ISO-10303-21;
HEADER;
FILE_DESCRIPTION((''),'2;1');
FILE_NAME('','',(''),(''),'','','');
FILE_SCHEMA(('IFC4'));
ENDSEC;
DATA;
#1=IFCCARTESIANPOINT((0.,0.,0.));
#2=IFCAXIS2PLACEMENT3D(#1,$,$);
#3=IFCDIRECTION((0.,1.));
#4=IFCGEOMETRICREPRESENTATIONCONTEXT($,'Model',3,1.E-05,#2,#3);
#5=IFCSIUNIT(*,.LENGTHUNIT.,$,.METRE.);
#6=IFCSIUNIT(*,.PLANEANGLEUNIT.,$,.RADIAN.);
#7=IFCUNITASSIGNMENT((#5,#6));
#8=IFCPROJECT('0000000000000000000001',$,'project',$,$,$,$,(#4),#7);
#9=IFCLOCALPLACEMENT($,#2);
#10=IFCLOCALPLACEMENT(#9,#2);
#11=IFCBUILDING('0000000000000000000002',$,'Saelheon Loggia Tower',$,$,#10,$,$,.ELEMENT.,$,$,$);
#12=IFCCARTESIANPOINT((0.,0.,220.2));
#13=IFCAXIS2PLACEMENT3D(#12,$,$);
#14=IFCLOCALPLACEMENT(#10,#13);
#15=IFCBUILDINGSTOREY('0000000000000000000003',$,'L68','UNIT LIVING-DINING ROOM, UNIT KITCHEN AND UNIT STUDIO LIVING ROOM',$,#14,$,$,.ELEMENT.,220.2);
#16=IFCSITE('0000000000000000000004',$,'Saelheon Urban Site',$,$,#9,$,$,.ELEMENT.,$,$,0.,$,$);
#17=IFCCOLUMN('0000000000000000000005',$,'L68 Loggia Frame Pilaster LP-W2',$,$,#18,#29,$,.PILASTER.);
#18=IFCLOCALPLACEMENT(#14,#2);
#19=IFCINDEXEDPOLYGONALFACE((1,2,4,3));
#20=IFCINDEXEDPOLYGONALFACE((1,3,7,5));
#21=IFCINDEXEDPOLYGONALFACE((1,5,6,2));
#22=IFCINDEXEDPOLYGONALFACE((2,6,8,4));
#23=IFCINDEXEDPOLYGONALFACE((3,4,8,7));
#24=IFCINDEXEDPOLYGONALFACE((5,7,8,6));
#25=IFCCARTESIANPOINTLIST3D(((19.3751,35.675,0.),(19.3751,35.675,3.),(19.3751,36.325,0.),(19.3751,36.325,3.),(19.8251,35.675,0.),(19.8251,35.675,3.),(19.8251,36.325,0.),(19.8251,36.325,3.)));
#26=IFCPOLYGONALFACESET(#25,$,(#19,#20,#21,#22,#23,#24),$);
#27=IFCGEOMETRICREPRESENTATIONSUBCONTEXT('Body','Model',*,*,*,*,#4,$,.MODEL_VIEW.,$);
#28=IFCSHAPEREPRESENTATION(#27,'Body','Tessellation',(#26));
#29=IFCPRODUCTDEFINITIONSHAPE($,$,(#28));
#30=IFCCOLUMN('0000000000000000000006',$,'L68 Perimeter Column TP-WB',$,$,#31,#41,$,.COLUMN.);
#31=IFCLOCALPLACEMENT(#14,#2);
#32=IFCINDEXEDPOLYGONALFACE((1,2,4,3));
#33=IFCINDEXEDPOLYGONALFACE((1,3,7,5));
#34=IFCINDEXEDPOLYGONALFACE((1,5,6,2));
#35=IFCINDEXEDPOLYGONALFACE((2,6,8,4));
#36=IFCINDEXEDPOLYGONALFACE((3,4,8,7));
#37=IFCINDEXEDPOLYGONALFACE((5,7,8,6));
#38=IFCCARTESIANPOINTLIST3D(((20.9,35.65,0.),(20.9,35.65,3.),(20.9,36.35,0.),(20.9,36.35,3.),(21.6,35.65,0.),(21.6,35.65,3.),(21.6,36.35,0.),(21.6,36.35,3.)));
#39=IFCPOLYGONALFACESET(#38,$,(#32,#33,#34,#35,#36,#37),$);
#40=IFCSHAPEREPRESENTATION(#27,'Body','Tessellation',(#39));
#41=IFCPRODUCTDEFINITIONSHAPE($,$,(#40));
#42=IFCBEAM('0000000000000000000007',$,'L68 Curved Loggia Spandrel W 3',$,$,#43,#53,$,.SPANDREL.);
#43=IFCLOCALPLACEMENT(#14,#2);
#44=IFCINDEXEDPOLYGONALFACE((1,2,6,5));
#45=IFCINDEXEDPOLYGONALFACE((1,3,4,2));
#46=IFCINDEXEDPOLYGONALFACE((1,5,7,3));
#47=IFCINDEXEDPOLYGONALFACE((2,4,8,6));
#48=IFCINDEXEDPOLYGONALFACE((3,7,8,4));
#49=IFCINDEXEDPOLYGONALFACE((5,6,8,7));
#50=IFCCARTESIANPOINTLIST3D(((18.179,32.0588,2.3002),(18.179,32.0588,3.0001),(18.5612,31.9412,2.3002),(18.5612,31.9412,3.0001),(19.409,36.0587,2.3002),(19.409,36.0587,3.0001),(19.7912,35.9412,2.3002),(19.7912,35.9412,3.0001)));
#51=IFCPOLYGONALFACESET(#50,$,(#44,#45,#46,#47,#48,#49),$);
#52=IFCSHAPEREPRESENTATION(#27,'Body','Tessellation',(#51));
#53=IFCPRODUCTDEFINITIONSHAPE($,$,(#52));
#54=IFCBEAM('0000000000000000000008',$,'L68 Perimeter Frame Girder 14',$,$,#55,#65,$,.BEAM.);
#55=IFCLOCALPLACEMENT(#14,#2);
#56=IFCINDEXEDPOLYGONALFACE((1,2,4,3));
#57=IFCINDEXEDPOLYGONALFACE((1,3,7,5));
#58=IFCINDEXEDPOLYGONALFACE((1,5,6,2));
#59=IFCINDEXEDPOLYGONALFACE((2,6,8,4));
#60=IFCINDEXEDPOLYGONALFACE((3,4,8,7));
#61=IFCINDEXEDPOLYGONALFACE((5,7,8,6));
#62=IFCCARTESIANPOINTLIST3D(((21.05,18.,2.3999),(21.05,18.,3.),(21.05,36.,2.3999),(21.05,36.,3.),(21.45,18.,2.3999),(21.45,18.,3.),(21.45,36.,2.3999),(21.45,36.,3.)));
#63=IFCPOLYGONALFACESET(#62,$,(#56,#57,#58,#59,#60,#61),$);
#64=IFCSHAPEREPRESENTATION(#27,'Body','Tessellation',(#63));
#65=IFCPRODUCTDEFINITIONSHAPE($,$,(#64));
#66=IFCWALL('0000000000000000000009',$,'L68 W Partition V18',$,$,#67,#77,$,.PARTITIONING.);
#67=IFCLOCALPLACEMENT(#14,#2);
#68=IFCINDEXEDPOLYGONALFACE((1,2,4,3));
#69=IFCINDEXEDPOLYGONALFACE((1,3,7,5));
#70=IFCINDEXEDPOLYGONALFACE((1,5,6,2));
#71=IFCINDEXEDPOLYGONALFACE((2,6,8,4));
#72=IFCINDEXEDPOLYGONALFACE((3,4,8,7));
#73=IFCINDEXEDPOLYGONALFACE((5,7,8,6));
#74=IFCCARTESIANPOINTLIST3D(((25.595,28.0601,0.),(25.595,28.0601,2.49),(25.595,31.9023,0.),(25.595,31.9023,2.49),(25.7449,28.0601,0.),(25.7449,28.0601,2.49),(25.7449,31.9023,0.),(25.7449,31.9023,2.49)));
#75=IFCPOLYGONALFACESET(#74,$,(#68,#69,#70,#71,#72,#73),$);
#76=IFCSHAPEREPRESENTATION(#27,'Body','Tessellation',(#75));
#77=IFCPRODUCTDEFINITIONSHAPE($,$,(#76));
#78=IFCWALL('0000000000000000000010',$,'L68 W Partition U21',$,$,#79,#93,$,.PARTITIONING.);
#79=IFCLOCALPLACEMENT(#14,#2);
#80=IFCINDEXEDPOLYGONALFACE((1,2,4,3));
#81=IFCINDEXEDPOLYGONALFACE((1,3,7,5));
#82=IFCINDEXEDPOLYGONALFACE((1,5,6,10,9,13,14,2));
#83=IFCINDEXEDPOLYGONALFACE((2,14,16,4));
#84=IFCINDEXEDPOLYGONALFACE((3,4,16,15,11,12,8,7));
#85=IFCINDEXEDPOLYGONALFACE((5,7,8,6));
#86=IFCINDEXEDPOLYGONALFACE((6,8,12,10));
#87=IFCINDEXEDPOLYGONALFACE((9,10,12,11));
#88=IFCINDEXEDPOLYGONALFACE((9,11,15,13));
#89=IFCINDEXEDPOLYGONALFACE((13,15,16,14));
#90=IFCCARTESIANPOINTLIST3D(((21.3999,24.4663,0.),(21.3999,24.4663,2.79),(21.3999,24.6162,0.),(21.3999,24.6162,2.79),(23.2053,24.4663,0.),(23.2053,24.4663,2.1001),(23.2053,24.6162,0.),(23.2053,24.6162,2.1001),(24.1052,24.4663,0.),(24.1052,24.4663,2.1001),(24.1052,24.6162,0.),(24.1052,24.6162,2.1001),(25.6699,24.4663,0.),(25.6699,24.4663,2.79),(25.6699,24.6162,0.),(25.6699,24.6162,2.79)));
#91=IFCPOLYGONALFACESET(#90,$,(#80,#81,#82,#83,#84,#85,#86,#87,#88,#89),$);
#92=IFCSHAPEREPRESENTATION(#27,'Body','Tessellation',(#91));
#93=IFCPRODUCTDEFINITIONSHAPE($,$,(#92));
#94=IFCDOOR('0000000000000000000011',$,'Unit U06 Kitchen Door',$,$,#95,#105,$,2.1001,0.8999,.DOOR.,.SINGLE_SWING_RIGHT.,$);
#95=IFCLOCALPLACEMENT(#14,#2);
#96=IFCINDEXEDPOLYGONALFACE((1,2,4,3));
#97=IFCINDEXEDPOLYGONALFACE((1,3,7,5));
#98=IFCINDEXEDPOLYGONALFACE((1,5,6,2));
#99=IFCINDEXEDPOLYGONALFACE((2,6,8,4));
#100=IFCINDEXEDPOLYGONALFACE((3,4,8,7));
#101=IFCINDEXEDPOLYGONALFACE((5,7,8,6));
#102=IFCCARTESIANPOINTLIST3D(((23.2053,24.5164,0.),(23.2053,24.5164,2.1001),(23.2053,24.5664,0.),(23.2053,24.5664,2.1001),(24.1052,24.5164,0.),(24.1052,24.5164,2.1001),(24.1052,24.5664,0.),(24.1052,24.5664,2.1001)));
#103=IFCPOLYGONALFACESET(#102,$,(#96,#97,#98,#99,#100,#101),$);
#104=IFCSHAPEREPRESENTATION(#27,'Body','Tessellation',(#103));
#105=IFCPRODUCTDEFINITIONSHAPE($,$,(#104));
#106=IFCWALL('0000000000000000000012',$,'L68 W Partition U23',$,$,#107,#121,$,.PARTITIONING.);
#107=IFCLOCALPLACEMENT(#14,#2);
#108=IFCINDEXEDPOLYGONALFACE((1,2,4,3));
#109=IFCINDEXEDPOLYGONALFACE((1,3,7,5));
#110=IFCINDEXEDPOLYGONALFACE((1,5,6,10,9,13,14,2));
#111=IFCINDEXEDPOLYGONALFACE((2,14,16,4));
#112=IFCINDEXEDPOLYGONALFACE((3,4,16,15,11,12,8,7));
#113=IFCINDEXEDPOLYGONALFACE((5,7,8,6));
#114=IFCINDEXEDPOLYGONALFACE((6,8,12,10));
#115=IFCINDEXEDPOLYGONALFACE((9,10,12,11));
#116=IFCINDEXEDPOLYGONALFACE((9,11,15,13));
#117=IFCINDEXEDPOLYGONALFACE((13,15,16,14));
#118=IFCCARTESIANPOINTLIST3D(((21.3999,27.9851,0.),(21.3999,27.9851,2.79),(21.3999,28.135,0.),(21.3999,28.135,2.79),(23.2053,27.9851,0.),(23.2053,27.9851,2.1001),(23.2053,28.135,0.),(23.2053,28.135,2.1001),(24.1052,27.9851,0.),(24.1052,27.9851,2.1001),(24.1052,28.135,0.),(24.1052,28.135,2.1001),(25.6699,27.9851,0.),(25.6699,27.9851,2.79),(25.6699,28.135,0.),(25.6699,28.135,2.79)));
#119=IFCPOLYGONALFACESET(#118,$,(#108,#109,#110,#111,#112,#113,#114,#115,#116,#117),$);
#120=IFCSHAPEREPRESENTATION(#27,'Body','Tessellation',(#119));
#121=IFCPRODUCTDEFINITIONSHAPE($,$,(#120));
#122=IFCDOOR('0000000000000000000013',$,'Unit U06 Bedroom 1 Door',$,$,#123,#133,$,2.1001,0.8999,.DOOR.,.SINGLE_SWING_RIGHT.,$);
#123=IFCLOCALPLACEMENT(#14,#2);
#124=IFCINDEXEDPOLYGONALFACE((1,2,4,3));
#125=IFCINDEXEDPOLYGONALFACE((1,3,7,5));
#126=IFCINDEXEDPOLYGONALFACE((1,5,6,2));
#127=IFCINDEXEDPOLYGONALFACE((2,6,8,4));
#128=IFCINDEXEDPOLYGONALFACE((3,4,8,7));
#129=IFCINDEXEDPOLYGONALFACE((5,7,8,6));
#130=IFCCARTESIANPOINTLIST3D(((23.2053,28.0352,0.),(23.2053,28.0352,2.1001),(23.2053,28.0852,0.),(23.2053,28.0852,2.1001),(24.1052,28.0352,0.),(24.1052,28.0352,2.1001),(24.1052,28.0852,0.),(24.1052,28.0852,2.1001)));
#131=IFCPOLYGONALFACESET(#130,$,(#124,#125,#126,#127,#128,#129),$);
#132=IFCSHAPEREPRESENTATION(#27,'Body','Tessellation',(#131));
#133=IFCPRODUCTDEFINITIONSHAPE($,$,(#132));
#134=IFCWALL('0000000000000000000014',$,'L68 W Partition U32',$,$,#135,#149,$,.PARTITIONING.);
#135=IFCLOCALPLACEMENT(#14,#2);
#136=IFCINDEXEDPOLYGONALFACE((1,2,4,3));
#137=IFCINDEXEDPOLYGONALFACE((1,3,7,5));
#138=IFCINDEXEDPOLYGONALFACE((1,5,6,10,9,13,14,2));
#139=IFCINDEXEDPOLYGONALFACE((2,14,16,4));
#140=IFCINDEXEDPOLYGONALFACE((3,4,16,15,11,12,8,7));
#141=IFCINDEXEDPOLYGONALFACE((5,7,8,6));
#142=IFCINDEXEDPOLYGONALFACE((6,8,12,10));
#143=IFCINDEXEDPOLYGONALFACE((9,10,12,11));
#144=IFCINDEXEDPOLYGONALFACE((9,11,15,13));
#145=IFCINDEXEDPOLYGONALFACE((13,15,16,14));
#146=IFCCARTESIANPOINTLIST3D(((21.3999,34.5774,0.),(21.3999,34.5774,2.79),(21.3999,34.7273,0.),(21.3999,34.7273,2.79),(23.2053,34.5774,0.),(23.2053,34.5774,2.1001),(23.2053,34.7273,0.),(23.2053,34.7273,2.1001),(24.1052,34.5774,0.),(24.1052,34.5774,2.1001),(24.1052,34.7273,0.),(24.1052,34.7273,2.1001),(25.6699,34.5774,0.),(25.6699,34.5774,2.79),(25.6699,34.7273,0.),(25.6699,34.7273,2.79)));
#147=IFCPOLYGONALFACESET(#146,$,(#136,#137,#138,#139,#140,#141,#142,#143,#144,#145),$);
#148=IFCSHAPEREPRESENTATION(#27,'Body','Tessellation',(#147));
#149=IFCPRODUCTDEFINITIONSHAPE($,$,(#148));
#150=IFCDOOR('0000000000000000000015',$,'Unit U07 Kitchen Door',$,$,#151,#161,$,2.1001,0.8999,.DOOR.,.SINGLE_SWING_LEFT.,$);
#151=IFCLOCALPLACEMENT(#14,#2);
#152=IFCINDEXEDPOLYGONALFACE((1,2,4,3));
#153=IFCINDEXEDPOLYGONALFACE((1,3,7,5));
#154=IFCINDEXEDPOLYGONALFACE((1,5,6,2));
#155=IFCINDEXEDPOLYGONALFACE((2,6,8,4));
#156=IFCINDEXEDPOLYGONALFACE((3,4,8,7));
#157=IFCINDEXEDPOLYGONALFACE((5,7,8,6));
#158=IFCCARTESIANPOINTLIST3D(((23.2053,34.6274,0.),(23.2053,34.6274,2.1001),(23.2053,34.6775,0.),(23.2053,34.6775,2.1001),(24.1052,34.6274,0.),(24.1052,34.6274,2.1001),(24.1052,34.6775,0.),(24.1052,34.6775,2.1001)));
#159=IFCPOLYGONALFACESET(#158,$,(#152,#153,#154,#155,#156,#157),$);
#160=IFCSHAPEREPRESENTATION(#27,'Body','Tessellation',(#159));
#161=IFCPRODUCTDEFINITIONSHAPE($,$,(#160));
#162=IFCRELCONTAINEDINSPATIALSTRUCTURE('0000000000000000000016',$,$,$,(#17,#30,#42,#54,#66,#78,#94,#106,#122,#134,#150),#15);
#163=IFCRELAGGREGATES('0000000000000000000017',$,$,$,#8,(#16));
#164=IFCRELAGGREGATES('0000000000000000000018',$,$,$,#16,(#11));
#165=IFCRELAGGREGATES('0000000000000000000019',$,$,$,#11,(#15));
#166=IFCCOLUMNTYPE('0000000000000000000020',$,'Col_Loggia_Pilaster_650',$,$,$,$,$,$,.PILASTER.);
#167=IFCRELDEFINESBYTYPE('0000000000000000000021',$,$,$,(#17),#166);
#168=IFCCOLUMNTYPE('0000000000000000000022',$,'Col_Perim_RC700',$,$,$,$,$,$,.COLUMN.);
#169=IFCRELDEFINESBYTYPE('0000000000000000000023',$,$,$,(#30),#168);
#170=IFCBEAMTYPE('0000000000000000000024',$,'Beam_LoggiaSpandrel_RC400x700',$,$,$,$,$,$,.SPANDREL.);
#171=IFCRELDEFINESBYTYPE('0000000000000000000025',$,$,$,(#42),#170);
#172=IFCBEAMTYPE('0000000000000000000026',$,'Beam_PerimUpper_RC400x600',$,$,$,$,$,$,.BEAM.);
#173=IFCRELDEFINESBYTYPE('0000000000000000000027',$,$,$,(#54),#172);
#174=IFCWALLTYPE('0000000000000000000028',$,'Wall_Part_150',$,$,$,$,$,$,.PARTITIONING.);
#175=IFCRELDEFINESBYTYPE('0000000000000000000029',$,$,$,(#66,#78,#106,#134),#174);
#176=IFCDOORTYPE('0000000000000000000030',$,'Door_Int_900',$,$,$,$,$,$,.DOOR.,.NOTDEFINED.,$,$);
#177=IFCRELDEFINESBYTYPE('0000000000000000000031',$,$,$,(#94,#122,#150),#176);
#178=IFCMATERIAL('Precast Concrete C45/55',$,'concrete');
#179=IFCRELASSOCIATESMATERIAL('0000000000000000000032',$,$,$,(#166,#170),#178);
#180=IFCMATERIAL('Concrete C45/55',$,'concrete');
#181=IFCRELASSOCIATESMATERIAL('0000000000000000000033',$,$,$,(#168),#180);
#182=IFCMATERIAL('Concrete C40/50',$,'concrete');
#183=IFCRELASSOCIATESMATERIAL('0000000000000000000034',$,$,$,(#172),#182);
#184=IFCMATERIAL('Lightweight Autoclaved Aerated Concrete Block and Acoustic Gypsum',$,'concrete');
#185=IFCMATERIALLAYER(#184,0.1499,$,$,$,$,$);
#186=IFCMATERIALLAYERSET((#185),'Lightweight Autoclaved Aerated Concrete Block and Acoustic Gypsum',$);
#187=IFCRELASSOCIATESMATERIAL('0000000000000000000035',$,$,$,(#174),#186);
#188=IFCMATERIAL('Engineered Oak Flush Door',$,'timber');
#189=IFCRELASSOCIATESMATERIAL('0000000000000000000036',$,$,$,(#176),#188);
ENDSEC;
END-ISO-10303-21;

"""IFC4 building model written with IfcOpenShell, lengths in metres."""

from ifc_helpers import new_model, si_unit, direction, frame, frame_2d, origin, origin_2d, place, context, subcontext, project, spatial, rectangle, extrude, source, transform, mapped, material, layer, layer_set, material_profile, profile_set, type_object, element, fill, save


model = new_model("IFC4")

# Units and contexts
model_context = context("Model", 3, precision=1e-05, world=origin(), true_north=direction((0.0, 1.0)))
body_context = subcontext(model_context, "Body", "Model", "MODEL_VIEW")
ifc_project = project(units=[si_unit("LENGTHUNIT", "METRE"), si_unit("PLANEANGLEUNIT", "RADIAN")], contexts=[model_context])

# Site, building, storey
site_placement = place(None, origin())
site = spatial("IfcSite", under=ifc_project, at=site_placement, Name="Saelheon Urban Site", CompositionType="ELEMENT", RefElevation=0.0)
building_placement = place(site_placement, origin())
building = spatial("IfcBuilding", under=site, at=building_placement, Name="Saelheon Loggia Tower", CompositionType="ELEMENT")
storey_placement = place(building_placement, frame((0.0, 0.0, 220.2)))
storey = spatial("IfcBuildingStorey", under=building, at=storey_placement, Name="L68", Description="UNIT LIVING-DINING ROOM, UNIT KITCHEN AND UNIT STUDIO LIVING ROOM", CompositionType="ELEMENT", Elevation=220.2)

# Columns
ifc_material_1 = material(Name="Precast Concrete C45/55", Category="concrete")
ifc_material_profile_1 = material_profile(ifc_material_1, rectangle(XDim=0.45, YDim=0.6499, at=origin_2d()), Name="RC-450x650")
ifc_profile_set_1 = profile_set([ifc_material_profile_1], Name="Precast Concrete C45/55")
column_type_1 = type_object("IfcColumnType", Name="Col_Loggia_Pilaster_650", PredefinedType="PILASTER", material=ifc_profile_set_1)
shared_shape_1 = source(origin(), body_context, "Body", "SweptSolid", [
    extrude(rectangle(XDim=0.45, YDim=0.6499, at=origin_2d()), origin(), (0.0, 0.0, 1.0), 3.0),
])
column_1_placement = place(storey_placement, frame((19.6001, 36.0, 0.0), z_axis=(0.0, 0.0, 1.0), x_axis=(1.0, 0.0, 0.0)))
element("IfcColumn", 1, at=column_1_placement, inside=storey, type_object=column_type_1, Name="L68 Loggia Frame Pilaster LP-W2", PredefinedType="PILASTER", context=body_context, shape_type="MappedRepresentation", body=[
    mapped(shared_shape_1, transform((0.0, 0.0, 0.0), scale=1.0)),
])
ifc_material_2 = material(Name="Concrete C45/55", Category="concrete")
ifc_material_profile_2 = material_profile(ifc_material_2, rectangle(XDim=0.7, YDim=0.7, at=origin_2d()), Name="RC-700x700")
ifc_profile_set_2 = profile_set([ifc_material_profile_2], Name="Concrete C45/55")
column_type_2 = type_object("IfcColumnType", Name="Col_Perim_RC700", PredefinedType="COLUMN", material=ifc_profile_set_2)
shared_shape_2 = source(origin(), body_context, "Body", "SweptSolid", [
    extrude(rectangle(XDim=0.7, YDim=0.7, at=origin_2d()), origin(), (0.0, 0.0, 1.0), 3.0),
])
column_2_placement = place(storey_placement, frame((21.25, 36.0, 0.0), z_axis=(0.0, 0.0, 1.0), x_axis=(1.0, 0.0, 0.0)))
element("IfcColumn", 2, at=column_2_placement, inside=storey, type_object=column_type_2, Name="L68 Perimeter Column TP-WB", PredefinedType="COLUMN", context=body_context, shape_type="MappedRepresentation", body=[
    mapped(shared_shape_2, transform((0.0, 0.0, 0.0), scale=1.0)),
])

# Beams
ifc_material_profile_3 = material_profile(ifc_material_1, rectangle(XDim=0.3999, YDim=0.7, at=origin_2d()), Name="RC-400x700")
ifc_profile_set_3 = profile_set([ifc_material_profile_3], Name="Precast Concrete C45/55")
beam_type_1 = type_object("IfcBeamType", Name="Beam_LoggiaSpandrel_RC400x700", PredefinedType="SPANDREL", material=ifc_profile_set_3)
shared_shape_3 = source(origin(), body_context, "Body", "SweptSolid", [
    extrude(rectangle(XDim=0.3999, YDim=0.7, at=origin_2d()), origin(), (0.0, 0.0, 1.0), 4.1848),
])
beam_1_placement = place(storey_placement, frame((18.3701, 32.0, 2.6501), z_axis=(0.293914, 0.955832, 0.0), x_axis=(-0.955832, 0.293914, 0.0)))
element("IfcBeam", 3, at=beam_1_placement, inside=storey, type_object=beam_type_1, Name="L68 Curved Loggia Spandrel W 3", PredefinedType="SPANDREL", context=body_context, shape_type="MappedRepresentation", body=[
    mapped(shared_shape_3, transform((0.0, 0.0, 0.0), scale=1.0)),
])
ifc_material_3 = material(Name="Concrete C40/50", Category="concrete")
ifc_material_profile_4 = material_profile(ifc_material_3, rectangle(XDim=0.3999, YDim=0.6001, at=origin_2d()), Name="RC-400x600")
ifc_profile_set_4 = profile_set([ifc_material_profile_4], Name="Concrete C40/50")
beam_type_2 = type_object("IfcBeamType", Name="Beam_PerimUpper_RC400x600", PredefinedType="BEAM", material=ifc_profile_set_4)
shared_shape_4 = source(origin(), body_context, "Body", "SweptSolid", [
    extrude(rectangle(XDim=0.3999, YDim=0.6001, at=origin_2d()), origin(), (0.0, 0.0, 1.0), 18.0),
])
beam_2_placement = place(storey_placement, frame((21.25, 36.0, 2.7), z_axis=(0.0, -1.0, 0.0), x_axis=(1.0, 0.0, 0.0)))
element("IfcBeam", 4, at=beam_2_placement, inside=storey, type_object=beam_type_2, Name="L68 Perimeter Frame Girder 14", PredefinedType="BEAM", context=body_context, shape_type="MappedRepresentation", body=[
    mapped(shared_shape_4, transform((0.0, 0.0, 0.0), scale=1.0)),
])

# Wall
ifc_material_4 = material(Name="Lightweight Autoclaved Aerated Concrete Block and Acoustic Gypsum", Category="concrete")
ifc_layer_1 = layer(ifc_material_4, 0.1499)
ifc_layer_set_1 = layer_set([ifc_layer_1], Name="Lightweight Autoclaved Aerated Concrete Block and Acoustic Gypsum")
wall_type_1 = type_object("IfcWallType", Name="Wall_Part_150", PredefinedType="PARTITIONING", material=ifc_layer_set_1)
wall_1_placement = place(storey_placement, frame((25.6699, 28.0601, 0.0), z_axis=(0.0, 0.0, 1.0), x_axis=(0.0, 1.0, 0.0)))
element("IfcWall", 5, at=wall_1_placement, inside=storey, type_object=wall_type_1, Name="L68 W Partition V18", PredefinedType="PARTITIONING", context=body_context, shape_type="SweptSolid", body=[
    extrude(rectangle(XDim=3.8423, YDim=0.1499, at=frame_2d((1.9211, 0.0))), origin(), (0.0, 0.0, 1.0), 2.49),
])

# Walls, openings, doors
wall_2_placement = place(storey_placement, frame((25.6699, 24.5413, 0.0), z_axis=(0.0, 0.0, 1.0), x_axis=(-1.0, 0.0, 0.0)))
wall_2 = element("IfcWall", 6, at=wall_2_placement, inside=storey, type_object=wall_type_1, Name="L68 W Partition U21", PredefinedType="PARTITIONING", context=body_context, shape_type="SweptSolid", body=[
    extrude(rectangle(XDim=4.27, YDim=0.1499, at=frame_2d((2.135, 0.0))), origin(), (0.0, 0.0, 1.0), 2.79),
])
opening_1_placement = place(wall_2_placement, frame((1.5647, 0.0, 0.0)))
opening_1 = element("IfcOpeningElement", 7, at=opening_1_placement, cuts=wall_2, PredefinedType="OPENING", context=body_context, shape_type="SweptSolid", body=[
    extrude(rectangle(XDim=0.8999, YDim=2.1001, at=frame_2d((0.45, 1.05))), frame((0.0, 0.0869, 0.0), z_axis=(0.0, -1.0, 0.0), x_axis=(1.0, 0.0, 0.0)), (0.0, 0.0, 1.0), 0.1738),
])
ifc_material_5 = material(Name="Engineered Oak Flush Door", Category="timber")
door_type_1 = type_object("IfcDoorType", Name="Door_Int_900", OperationType="NOTDEFINED", PredefinedType="DOOR", material=ifc_material_5)
shared_shape_5 = source(origin(), body_context, "Body", "SweptSolid", [
    extrude(rectangle(XDim=0.8999, YDim=2.1001, at=frame_2d((0.45, 1.05))), frame((0.0, 0.0249, 0.0), z_axis=(0.0, -1.0, 0.0), x_axis=(1.0, 0.0, 0.0)), (0.0, 0.0, 1.0), 0.05),
])
door_1_placement = place(opening_1_placement, origin())
door_1 = element("IfcDoor", 8, at=door_1_placement, inside=storey, type_object=door_type_1, Name="Unit U06 Kitchen Door", OperationType="SINGLE_SWING_RIGHT", OverallHeight=2.1001, OverallWidth=0.8999, PredefinedType="DOOR", context=body_context, shape_type="MappedRepresentation", body=[
    mapped(shared_shape_5, transform((0.0, 0.0, 0.0), scale=1.0)),
])
fill(opening_1, door_1)
wall_3_placement = place(storey_placement, frame((25.6699, 28.0601, 0.0), z_axis=(0.0, 0.0, 1.0), x_axis=(-1.0, 0.0, 0.0)))
wall_3 = element("IfcWall", 9, at=wall_3_placement, inside=storey, type_object=wall_type_1, Name="L68 W Partition U23", PredefinedType="PARTITIONING", context=body_context, shape_type="SweptSolid", body=[
    extrude(rectangle(XDim=4.27, YDim=0.1499, at=frame_2d((2.135, 0.0))), origin(), (0.0, 0.0, 1.0), 2.79),
])
opening_2_placement = place(wall_3_placement, frame((1.5647, 0.0, 0.0)))
opening_2 = element("IfcOpeningElement", 10, at=opening_2_placement, cuts=wall_3, PredefinedType="OPENING", context=body_context, shape_type="SweptSolid", body=[
    extrude(rectangle(XDim=0.8999, YDim=2.1001, at=frame_2d((0.45, 1.05))), frame((0.0, 0.0869, 0.0), z_axis=(0.0, -1.0, 0.0), x_axis=(1.0, 0.0, 0.0)), (0.0, 0.0, 1.0), 0.1738),
])
door_2_placement = place(opening_2_placement, origin())
door_2 = element("IfcDoor", 11, at=door_2_placement, inside=storey, type_object=door_type_1, Name="Unit U06 Bedroom 1 Door", OperationType="SINGLE_SWING_RIGHT", OverallHeight=2.1001, OverallWidth=0.8999, PredefinedType="DOOR", context=body_context, shape_type="MappedRepresentation", body=[
    mapped(shared_shape_5, transform((0.0, 0.0, 0.0), scale=1.0)),
])
fill(opening_2, door_2)
wall_4_placement = place(storey_placement, frame((25.6699, 34.6523, 0.0), z_axis=(0.0, 0.0, 1.0), x_axis=(-1.0, 0.0, 0.0)))
wall_4 = element("IfcWall", 12, at=wall_4_placement, inside=storey, type_object=wall_type_1, Name="L68 W Partition U32", PredefinedType="PARTITIONING", context=body_context, shape_type="SweptSolid", body=[
    extrude(rectangle(XDim=4.27, YDim=0.1499, at=frame_2d((2.135, 0.0))), origin(), (0.0, 0.0, 1.0), 2.79),
])
opening_3_placement = place(wall_4_placement, frame((1.5647, 0.0, 0.0)))
opening_3 = element("IfcOpeningElement", 13, at=opening_3_placement, cuts=wall_4, PredefinedType="OPENING", context=body_context, shape_type="SweptSolid", body=[
    extrude(rectangle(XDim=0.8999, YDim=2.1001, at=frame_2d((0.45, 1.05))), frame((0.0, 0.0869, 0.0), z_axis=(0.0, -1.0, 0.0), x_axis=(1.0, 0.0, 0.0)), (0.0, 0.0, 1.0), 0.1738),
])
door_3_placement = place(opening_3_placement, origin())
door_3 = element("IfcDoor", 14, at=door_3_placement, inside=storey, type_object=door_type_1, Name="Unit U07 Kitchen Door", OperationType="SINGLE_SWING_LEFT", OverallHeight=2.1001, OverallWidth=0.8999, PredefinedType="DOOR", context=body_context, shape_type="MappedRepresentation", body=[
    mapped(shared_shape_5, transform((0.0, 0.0, 0.0), scale=1.0)),
])
fill(opening_3, door_3)

save(model, "model.ifc")
